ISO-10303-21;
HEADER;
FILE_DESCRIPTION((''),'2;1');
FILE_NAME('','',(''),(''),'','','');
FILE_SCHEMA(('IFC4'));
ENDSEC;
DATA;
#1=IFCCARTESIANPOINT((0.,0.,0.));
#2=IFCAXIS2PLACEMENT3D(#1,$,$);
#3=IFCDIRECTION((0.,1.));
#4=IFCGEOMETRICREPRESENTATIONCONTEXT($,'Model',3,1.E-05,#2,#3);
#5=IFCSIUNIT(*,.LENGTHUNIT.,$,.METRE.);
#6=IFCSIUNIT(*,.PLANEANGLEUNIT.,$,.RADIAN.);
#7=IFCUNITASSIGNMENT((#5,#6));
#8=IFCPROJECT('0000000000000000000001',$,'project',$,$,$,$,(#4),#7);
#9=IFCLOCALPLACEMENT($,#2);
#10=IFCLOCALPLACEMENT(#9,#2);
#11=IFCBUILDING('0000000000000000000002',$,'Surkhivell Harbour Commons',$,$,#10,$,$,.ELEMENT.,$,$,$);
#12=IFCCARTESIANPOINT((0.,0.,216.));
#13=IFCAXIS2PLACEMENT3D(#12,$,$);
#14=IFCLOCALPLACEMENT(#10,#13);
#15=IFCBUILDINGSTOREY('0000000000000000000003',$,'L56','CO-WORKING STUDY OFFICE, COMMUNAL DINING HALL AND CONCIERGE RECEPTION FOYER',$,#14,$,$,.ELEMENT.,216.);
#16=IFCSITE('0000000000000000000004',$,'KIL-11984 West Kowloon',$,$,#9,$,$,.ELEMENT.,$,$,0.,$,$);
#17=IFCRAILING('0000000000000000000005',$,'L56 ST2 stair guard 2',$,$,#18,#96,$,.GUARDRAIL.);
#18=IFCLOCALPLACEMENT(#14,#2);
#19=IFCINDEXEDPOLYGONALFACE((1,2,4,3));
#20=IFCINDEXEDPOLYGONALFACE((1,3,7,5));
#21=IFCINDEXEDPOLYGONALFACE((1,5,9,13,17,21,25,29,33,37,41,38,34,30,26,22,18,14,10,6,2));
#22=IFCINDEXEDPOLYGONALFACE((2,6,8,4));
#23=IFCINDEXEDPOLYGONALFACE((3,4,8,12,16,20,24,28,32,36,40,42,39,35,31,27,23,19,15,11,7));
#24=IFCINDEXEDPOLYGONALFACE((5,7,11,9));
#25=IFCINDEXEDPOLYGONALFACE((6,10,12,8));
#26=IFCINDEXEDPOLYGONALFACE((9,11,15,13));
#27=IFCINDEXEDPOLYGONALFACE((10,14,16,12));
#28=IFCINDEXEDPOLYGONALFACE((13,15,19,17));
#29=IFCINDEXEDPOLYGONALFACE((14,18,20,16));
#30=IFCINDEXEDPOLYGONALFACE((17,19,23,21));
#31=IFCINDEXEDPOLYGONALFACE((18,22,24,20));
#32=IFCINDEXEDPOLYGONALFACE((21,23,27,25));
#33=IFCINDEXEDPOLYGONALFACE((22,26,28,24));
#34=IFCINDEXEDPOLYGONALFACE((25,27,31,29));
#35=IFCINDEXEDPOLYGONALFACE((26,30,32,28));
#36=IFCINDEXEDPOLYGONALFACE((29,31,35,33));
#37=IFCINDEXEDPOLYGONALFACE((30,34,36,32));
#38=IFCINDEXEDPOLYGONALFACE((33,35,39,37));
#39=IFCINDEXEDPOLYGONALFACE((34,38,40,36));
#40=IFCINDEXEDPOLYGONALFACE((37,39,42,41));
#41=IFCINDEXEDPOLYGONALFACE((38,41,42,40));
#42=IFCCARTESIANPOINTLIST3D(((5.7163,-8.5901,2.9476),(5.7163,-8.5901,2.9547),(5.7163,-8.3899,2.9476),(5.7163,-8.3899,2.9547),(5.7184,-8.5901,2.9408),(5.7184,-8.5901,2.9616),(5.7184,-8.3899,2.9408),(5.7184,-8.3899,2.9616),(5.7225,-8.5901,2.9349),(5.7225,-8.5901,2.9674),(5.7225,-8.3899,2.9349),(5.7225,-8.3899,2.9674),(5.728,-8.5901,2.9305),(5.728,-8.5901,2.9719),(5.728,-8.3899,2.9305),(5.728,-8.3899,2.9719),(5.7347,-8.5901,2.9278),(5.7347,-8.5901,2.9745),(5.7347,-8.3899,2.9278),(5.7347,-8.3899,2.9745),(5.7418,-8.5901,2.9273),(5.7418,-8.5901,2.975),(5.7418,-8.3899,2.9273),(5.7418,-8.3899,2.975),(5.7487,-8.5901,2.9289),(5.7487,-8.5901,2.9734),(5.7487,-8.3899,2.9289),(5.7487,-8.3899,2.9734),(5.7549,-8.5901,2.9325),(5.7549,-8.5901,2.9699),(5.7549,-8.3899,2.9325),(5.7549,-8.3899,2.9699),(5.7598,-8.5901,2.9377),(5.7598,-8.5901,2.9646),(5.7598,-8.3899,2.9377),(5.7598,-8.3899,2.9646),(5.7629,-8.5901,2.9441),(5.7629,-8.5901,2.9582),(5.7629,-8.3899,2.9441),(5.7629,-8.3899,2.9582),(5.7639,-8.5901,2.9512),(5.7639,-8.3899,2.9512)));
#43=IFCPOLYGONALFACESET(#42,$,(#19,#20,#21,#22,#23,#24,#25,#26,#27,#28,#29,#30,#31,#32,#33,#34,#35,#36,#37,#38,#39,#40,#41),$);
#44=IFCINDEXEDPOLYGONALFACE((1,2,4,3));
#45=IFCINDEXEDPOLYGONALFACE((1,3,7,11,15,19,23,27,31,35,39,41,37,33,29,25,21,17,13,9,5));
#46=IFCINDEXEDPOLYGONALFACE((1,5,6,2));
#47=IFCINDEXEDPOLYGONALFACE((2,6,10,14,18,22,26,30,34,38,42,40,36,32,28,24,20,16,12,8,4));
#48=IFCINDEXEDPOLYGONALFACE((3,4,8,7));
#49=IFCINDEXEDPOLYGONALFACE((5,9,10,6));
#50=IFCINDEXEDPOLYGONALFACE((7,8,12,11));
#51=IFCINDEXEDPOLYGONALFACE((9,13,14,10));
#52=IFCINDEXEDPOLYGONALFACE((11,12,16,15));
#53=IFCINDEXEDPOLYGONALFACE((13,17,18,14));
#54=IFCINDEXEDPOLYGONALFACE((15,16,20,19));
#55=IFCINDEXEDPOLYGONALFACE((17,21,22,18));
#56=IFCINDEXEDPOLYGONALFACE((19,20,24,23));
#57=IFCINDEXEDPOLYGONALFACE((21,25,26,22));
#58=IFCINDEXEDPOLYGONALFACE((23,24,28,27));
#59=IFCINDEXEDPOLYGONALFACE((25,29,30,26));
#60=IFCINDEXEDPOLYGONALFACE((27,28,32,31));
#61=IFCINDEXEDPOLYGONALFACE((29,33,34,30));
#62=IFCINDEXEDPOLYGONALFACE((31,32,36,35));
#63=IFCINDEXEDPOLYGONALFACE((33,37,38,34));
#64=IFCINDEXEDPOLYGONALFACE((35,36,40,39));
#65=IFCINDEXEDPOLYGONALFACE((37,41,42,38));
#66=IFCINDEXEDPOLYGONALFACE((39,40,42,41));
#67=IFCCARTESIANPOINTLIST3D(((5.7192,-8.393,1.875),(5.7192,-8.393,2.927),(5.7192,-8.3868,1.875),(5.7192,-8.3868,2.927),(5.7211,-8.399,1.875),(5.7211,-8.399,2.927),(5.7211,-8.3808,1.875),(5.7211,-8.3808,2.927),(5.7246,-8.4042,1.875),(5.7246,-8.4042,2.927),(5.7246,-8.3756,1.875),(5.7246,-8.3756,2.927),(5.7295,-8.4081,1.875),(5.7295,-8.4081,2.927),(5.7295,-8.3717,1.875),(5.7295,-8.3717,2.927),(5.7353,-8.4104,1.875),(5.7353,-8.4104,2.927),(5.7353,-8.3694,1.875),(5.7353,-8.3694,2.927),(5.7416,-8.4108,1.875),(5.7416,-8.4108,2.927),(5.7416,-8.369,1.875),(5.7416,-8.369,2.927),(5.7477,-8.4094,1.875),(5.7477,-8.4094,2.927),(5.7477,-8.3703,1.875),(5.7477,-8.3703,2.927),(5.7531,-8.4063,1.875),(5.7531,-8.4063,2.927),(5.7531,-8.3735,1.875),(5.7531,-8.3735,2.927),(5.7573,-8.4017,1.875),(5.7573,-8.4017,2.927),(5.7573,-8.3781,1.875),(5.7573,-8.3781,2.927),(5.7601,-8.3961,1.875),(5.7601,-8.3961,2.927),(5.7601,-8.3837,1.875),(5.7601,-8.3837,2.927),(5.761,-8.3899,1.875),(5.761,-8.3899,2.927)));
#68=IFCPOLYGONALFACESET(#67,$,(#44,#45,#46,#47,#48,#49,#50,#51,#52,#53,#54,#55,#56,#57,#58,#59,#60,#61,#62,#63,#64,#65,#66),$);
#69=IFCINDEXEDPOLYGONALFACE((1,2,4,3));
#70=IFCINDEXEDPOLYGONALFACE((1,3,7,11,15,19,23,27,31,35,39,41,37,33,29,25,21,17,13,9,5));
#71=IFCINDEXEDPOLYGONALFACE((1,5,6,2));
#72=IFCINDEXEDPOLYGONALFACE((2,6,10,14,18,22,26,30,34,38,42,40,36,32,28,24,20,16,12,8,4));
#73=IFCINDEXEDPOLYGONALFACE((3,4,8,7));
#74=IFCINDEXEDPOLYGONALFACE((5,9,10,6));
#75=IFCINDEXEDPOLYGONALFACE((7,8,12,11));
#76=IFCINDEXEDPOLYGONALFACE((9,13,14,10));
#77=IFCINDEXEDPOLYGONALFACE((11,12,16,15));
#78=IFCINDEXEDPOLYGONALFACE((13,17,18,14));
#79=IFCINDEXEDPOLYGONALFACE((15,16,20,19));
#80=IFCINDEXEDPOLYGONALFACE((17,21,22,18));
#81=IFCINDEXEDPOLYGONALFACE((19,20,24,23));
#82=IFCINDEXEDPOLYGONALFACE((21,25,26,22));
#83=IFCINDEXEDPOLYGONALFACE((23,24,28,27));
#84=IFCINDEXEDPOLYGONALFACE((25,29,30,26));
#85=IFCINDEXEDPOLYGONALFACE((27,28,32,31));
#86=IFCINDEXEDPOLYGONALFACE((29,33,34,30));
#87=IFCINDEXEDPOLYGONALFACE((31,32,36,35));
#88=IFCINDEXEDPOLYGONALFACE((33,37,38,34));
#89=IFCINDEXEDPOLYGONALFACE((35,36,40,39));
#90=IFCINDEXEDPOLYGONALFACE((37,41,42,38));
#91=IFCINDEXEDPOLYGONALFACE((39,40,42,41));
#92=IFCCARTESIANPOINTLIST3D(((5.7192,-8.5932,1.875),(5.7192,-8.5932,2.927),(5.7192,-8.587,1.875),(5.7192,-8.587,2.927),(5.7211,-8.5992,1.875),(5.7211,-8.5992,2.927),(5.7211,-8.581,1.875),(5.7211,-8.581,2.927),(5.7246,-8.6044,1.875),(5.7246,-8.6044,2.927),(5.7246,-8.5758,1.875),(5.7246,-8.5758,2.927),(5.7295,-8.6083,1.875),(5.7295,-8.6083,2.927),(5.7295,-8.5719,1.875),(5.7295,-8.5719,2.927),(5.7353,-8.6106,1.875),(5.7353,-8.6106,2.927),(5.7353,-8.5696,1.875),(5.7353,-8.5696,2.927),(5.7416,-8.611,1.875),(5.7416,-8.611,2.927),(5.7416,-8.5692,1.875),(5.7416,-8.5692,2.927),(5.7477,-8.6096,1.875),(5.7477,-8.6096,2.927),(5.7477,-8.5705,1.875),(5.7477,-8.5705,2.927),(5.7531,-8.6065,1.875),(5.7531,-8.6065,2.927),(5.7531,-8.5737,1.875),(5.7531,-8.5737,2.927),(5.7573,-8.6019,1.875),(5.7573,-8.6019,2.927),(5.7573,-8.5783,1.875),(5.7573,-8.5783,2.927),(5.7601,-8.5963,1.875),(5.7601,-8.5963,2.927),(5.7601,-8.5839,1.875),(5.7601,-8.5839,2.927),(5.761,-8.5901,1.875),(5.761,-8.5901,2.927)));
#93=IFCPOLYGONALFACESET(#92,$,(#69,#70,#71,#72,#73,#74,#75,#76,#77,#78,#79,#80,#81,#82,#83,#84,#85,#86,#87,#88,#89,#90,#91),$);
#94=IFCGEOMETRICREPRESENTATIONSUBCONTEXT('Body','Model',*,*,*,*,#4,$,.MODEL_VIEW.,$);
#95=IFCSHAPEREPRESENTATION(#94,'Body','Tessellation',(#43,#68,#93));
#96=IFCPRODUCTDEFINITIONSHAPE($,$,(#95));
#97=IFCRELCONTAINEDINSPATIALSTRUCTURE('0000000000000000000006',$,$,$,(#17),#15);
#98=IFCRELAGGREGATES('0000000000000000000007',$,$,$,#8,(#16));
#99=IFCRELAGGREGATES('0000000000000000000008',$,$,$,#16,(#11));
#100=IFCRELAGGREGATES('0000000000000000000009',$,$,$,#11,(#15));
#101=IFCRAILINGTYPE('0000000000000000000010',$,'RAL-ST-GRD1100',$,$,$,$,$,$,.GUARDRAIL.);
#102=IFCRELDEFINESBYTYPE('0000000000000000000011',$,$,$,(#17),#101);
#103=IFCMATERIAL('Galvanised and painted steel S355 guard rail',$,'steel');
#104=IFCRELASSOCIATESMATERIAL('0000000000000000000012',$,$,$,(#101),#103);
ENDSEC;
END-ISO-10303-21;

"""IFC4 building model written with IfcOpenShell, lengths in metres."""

from ifc_helpers import new_model, si_unit, direction, frame, origin, origin_2d, place, context, subcontext, project, spatial, circle, extrude, material, type_object, element, save


model = new_model("IFC4")

# Units and contexts
model_context = context("Model", 3, precision=1e-05, world=origin(), true_north=direction((0.0, 1.0)))
body_context = subcontext(model_context, "Body", "Model", "MODEL_VIEW")
ifc_project = project(units=[si_unit("LENGTHUNIT", "METRE"), si_unit("PLANEANGLEUNIT", "RADIAN")], contexts=[model_context])

# Site, building, storey
site_placement = place(None, origin())
site = spatial("IfcSite", under=ifc_project, at=site_placement, Name="KIL-11984 West Kowloon", CompositionType="ELEMENT", RefElevation=0.0)
building_placement = place(site_placement, origin())
building = spatial("IfcBuilding", under=site, at=building_placement, Name="Surkhivell Harbour Commons", CompositionType="ELEMENT")
storey_placement = place(building_placement, frame((0.0, 0.0, 216.0)))
storey = spatial("IfcBuildingStorey", under=building, at=storey_placement, Name="L56", Description="CO-WORKING STUDY OFFICE, COMMUNAL DINING HALL AND CONCIERGE RECEPTION FOYER", CompositionType="ELEMENT", Elevation=216.0)

# Railing
ifc_material_1 = material(Name="Galvanised and painted steel S355 guard rail", Category="steel")
railing_type_1 = type_object("IfcRailingType", Name="RAL-ST-GRD1100", PredefinedType="GUARDRAIL", material=ifc_material_1)
railing_1_placement = place(storey_placement, frame((5.74, -8.3899, 1.875)))
element("IfcRailing", 1, at=railing_1_placement, inside=storey, type_object=railing_type_1, Name="L56 ST2 stair guard 2", PredefinedType="GUARDRAIL", context=body_context, shape_type="SweptSolid", body=[
    extrude(circle(Radius=0.0239, at=origin_2d()), frame((0.0, 0.0, 1.0762), z_axis=(0.0, -1.0, 0.0), x_axis=(1.0, 0.0, 0.0)), (0.0, 0.0, 1.0), 0.2002),
    extrude(circle(Radius=0.021, at=origin_2d()), origin(), (0.0, 0.0, 1.0), 1.052),
    extrude(circle(Radius=0.021, at=origin_2d()), frame((0.0, -0.2002, 0.0)), (0.0, 0.0, 1.0), 1.052),
])

save(model, "model.ifc")
